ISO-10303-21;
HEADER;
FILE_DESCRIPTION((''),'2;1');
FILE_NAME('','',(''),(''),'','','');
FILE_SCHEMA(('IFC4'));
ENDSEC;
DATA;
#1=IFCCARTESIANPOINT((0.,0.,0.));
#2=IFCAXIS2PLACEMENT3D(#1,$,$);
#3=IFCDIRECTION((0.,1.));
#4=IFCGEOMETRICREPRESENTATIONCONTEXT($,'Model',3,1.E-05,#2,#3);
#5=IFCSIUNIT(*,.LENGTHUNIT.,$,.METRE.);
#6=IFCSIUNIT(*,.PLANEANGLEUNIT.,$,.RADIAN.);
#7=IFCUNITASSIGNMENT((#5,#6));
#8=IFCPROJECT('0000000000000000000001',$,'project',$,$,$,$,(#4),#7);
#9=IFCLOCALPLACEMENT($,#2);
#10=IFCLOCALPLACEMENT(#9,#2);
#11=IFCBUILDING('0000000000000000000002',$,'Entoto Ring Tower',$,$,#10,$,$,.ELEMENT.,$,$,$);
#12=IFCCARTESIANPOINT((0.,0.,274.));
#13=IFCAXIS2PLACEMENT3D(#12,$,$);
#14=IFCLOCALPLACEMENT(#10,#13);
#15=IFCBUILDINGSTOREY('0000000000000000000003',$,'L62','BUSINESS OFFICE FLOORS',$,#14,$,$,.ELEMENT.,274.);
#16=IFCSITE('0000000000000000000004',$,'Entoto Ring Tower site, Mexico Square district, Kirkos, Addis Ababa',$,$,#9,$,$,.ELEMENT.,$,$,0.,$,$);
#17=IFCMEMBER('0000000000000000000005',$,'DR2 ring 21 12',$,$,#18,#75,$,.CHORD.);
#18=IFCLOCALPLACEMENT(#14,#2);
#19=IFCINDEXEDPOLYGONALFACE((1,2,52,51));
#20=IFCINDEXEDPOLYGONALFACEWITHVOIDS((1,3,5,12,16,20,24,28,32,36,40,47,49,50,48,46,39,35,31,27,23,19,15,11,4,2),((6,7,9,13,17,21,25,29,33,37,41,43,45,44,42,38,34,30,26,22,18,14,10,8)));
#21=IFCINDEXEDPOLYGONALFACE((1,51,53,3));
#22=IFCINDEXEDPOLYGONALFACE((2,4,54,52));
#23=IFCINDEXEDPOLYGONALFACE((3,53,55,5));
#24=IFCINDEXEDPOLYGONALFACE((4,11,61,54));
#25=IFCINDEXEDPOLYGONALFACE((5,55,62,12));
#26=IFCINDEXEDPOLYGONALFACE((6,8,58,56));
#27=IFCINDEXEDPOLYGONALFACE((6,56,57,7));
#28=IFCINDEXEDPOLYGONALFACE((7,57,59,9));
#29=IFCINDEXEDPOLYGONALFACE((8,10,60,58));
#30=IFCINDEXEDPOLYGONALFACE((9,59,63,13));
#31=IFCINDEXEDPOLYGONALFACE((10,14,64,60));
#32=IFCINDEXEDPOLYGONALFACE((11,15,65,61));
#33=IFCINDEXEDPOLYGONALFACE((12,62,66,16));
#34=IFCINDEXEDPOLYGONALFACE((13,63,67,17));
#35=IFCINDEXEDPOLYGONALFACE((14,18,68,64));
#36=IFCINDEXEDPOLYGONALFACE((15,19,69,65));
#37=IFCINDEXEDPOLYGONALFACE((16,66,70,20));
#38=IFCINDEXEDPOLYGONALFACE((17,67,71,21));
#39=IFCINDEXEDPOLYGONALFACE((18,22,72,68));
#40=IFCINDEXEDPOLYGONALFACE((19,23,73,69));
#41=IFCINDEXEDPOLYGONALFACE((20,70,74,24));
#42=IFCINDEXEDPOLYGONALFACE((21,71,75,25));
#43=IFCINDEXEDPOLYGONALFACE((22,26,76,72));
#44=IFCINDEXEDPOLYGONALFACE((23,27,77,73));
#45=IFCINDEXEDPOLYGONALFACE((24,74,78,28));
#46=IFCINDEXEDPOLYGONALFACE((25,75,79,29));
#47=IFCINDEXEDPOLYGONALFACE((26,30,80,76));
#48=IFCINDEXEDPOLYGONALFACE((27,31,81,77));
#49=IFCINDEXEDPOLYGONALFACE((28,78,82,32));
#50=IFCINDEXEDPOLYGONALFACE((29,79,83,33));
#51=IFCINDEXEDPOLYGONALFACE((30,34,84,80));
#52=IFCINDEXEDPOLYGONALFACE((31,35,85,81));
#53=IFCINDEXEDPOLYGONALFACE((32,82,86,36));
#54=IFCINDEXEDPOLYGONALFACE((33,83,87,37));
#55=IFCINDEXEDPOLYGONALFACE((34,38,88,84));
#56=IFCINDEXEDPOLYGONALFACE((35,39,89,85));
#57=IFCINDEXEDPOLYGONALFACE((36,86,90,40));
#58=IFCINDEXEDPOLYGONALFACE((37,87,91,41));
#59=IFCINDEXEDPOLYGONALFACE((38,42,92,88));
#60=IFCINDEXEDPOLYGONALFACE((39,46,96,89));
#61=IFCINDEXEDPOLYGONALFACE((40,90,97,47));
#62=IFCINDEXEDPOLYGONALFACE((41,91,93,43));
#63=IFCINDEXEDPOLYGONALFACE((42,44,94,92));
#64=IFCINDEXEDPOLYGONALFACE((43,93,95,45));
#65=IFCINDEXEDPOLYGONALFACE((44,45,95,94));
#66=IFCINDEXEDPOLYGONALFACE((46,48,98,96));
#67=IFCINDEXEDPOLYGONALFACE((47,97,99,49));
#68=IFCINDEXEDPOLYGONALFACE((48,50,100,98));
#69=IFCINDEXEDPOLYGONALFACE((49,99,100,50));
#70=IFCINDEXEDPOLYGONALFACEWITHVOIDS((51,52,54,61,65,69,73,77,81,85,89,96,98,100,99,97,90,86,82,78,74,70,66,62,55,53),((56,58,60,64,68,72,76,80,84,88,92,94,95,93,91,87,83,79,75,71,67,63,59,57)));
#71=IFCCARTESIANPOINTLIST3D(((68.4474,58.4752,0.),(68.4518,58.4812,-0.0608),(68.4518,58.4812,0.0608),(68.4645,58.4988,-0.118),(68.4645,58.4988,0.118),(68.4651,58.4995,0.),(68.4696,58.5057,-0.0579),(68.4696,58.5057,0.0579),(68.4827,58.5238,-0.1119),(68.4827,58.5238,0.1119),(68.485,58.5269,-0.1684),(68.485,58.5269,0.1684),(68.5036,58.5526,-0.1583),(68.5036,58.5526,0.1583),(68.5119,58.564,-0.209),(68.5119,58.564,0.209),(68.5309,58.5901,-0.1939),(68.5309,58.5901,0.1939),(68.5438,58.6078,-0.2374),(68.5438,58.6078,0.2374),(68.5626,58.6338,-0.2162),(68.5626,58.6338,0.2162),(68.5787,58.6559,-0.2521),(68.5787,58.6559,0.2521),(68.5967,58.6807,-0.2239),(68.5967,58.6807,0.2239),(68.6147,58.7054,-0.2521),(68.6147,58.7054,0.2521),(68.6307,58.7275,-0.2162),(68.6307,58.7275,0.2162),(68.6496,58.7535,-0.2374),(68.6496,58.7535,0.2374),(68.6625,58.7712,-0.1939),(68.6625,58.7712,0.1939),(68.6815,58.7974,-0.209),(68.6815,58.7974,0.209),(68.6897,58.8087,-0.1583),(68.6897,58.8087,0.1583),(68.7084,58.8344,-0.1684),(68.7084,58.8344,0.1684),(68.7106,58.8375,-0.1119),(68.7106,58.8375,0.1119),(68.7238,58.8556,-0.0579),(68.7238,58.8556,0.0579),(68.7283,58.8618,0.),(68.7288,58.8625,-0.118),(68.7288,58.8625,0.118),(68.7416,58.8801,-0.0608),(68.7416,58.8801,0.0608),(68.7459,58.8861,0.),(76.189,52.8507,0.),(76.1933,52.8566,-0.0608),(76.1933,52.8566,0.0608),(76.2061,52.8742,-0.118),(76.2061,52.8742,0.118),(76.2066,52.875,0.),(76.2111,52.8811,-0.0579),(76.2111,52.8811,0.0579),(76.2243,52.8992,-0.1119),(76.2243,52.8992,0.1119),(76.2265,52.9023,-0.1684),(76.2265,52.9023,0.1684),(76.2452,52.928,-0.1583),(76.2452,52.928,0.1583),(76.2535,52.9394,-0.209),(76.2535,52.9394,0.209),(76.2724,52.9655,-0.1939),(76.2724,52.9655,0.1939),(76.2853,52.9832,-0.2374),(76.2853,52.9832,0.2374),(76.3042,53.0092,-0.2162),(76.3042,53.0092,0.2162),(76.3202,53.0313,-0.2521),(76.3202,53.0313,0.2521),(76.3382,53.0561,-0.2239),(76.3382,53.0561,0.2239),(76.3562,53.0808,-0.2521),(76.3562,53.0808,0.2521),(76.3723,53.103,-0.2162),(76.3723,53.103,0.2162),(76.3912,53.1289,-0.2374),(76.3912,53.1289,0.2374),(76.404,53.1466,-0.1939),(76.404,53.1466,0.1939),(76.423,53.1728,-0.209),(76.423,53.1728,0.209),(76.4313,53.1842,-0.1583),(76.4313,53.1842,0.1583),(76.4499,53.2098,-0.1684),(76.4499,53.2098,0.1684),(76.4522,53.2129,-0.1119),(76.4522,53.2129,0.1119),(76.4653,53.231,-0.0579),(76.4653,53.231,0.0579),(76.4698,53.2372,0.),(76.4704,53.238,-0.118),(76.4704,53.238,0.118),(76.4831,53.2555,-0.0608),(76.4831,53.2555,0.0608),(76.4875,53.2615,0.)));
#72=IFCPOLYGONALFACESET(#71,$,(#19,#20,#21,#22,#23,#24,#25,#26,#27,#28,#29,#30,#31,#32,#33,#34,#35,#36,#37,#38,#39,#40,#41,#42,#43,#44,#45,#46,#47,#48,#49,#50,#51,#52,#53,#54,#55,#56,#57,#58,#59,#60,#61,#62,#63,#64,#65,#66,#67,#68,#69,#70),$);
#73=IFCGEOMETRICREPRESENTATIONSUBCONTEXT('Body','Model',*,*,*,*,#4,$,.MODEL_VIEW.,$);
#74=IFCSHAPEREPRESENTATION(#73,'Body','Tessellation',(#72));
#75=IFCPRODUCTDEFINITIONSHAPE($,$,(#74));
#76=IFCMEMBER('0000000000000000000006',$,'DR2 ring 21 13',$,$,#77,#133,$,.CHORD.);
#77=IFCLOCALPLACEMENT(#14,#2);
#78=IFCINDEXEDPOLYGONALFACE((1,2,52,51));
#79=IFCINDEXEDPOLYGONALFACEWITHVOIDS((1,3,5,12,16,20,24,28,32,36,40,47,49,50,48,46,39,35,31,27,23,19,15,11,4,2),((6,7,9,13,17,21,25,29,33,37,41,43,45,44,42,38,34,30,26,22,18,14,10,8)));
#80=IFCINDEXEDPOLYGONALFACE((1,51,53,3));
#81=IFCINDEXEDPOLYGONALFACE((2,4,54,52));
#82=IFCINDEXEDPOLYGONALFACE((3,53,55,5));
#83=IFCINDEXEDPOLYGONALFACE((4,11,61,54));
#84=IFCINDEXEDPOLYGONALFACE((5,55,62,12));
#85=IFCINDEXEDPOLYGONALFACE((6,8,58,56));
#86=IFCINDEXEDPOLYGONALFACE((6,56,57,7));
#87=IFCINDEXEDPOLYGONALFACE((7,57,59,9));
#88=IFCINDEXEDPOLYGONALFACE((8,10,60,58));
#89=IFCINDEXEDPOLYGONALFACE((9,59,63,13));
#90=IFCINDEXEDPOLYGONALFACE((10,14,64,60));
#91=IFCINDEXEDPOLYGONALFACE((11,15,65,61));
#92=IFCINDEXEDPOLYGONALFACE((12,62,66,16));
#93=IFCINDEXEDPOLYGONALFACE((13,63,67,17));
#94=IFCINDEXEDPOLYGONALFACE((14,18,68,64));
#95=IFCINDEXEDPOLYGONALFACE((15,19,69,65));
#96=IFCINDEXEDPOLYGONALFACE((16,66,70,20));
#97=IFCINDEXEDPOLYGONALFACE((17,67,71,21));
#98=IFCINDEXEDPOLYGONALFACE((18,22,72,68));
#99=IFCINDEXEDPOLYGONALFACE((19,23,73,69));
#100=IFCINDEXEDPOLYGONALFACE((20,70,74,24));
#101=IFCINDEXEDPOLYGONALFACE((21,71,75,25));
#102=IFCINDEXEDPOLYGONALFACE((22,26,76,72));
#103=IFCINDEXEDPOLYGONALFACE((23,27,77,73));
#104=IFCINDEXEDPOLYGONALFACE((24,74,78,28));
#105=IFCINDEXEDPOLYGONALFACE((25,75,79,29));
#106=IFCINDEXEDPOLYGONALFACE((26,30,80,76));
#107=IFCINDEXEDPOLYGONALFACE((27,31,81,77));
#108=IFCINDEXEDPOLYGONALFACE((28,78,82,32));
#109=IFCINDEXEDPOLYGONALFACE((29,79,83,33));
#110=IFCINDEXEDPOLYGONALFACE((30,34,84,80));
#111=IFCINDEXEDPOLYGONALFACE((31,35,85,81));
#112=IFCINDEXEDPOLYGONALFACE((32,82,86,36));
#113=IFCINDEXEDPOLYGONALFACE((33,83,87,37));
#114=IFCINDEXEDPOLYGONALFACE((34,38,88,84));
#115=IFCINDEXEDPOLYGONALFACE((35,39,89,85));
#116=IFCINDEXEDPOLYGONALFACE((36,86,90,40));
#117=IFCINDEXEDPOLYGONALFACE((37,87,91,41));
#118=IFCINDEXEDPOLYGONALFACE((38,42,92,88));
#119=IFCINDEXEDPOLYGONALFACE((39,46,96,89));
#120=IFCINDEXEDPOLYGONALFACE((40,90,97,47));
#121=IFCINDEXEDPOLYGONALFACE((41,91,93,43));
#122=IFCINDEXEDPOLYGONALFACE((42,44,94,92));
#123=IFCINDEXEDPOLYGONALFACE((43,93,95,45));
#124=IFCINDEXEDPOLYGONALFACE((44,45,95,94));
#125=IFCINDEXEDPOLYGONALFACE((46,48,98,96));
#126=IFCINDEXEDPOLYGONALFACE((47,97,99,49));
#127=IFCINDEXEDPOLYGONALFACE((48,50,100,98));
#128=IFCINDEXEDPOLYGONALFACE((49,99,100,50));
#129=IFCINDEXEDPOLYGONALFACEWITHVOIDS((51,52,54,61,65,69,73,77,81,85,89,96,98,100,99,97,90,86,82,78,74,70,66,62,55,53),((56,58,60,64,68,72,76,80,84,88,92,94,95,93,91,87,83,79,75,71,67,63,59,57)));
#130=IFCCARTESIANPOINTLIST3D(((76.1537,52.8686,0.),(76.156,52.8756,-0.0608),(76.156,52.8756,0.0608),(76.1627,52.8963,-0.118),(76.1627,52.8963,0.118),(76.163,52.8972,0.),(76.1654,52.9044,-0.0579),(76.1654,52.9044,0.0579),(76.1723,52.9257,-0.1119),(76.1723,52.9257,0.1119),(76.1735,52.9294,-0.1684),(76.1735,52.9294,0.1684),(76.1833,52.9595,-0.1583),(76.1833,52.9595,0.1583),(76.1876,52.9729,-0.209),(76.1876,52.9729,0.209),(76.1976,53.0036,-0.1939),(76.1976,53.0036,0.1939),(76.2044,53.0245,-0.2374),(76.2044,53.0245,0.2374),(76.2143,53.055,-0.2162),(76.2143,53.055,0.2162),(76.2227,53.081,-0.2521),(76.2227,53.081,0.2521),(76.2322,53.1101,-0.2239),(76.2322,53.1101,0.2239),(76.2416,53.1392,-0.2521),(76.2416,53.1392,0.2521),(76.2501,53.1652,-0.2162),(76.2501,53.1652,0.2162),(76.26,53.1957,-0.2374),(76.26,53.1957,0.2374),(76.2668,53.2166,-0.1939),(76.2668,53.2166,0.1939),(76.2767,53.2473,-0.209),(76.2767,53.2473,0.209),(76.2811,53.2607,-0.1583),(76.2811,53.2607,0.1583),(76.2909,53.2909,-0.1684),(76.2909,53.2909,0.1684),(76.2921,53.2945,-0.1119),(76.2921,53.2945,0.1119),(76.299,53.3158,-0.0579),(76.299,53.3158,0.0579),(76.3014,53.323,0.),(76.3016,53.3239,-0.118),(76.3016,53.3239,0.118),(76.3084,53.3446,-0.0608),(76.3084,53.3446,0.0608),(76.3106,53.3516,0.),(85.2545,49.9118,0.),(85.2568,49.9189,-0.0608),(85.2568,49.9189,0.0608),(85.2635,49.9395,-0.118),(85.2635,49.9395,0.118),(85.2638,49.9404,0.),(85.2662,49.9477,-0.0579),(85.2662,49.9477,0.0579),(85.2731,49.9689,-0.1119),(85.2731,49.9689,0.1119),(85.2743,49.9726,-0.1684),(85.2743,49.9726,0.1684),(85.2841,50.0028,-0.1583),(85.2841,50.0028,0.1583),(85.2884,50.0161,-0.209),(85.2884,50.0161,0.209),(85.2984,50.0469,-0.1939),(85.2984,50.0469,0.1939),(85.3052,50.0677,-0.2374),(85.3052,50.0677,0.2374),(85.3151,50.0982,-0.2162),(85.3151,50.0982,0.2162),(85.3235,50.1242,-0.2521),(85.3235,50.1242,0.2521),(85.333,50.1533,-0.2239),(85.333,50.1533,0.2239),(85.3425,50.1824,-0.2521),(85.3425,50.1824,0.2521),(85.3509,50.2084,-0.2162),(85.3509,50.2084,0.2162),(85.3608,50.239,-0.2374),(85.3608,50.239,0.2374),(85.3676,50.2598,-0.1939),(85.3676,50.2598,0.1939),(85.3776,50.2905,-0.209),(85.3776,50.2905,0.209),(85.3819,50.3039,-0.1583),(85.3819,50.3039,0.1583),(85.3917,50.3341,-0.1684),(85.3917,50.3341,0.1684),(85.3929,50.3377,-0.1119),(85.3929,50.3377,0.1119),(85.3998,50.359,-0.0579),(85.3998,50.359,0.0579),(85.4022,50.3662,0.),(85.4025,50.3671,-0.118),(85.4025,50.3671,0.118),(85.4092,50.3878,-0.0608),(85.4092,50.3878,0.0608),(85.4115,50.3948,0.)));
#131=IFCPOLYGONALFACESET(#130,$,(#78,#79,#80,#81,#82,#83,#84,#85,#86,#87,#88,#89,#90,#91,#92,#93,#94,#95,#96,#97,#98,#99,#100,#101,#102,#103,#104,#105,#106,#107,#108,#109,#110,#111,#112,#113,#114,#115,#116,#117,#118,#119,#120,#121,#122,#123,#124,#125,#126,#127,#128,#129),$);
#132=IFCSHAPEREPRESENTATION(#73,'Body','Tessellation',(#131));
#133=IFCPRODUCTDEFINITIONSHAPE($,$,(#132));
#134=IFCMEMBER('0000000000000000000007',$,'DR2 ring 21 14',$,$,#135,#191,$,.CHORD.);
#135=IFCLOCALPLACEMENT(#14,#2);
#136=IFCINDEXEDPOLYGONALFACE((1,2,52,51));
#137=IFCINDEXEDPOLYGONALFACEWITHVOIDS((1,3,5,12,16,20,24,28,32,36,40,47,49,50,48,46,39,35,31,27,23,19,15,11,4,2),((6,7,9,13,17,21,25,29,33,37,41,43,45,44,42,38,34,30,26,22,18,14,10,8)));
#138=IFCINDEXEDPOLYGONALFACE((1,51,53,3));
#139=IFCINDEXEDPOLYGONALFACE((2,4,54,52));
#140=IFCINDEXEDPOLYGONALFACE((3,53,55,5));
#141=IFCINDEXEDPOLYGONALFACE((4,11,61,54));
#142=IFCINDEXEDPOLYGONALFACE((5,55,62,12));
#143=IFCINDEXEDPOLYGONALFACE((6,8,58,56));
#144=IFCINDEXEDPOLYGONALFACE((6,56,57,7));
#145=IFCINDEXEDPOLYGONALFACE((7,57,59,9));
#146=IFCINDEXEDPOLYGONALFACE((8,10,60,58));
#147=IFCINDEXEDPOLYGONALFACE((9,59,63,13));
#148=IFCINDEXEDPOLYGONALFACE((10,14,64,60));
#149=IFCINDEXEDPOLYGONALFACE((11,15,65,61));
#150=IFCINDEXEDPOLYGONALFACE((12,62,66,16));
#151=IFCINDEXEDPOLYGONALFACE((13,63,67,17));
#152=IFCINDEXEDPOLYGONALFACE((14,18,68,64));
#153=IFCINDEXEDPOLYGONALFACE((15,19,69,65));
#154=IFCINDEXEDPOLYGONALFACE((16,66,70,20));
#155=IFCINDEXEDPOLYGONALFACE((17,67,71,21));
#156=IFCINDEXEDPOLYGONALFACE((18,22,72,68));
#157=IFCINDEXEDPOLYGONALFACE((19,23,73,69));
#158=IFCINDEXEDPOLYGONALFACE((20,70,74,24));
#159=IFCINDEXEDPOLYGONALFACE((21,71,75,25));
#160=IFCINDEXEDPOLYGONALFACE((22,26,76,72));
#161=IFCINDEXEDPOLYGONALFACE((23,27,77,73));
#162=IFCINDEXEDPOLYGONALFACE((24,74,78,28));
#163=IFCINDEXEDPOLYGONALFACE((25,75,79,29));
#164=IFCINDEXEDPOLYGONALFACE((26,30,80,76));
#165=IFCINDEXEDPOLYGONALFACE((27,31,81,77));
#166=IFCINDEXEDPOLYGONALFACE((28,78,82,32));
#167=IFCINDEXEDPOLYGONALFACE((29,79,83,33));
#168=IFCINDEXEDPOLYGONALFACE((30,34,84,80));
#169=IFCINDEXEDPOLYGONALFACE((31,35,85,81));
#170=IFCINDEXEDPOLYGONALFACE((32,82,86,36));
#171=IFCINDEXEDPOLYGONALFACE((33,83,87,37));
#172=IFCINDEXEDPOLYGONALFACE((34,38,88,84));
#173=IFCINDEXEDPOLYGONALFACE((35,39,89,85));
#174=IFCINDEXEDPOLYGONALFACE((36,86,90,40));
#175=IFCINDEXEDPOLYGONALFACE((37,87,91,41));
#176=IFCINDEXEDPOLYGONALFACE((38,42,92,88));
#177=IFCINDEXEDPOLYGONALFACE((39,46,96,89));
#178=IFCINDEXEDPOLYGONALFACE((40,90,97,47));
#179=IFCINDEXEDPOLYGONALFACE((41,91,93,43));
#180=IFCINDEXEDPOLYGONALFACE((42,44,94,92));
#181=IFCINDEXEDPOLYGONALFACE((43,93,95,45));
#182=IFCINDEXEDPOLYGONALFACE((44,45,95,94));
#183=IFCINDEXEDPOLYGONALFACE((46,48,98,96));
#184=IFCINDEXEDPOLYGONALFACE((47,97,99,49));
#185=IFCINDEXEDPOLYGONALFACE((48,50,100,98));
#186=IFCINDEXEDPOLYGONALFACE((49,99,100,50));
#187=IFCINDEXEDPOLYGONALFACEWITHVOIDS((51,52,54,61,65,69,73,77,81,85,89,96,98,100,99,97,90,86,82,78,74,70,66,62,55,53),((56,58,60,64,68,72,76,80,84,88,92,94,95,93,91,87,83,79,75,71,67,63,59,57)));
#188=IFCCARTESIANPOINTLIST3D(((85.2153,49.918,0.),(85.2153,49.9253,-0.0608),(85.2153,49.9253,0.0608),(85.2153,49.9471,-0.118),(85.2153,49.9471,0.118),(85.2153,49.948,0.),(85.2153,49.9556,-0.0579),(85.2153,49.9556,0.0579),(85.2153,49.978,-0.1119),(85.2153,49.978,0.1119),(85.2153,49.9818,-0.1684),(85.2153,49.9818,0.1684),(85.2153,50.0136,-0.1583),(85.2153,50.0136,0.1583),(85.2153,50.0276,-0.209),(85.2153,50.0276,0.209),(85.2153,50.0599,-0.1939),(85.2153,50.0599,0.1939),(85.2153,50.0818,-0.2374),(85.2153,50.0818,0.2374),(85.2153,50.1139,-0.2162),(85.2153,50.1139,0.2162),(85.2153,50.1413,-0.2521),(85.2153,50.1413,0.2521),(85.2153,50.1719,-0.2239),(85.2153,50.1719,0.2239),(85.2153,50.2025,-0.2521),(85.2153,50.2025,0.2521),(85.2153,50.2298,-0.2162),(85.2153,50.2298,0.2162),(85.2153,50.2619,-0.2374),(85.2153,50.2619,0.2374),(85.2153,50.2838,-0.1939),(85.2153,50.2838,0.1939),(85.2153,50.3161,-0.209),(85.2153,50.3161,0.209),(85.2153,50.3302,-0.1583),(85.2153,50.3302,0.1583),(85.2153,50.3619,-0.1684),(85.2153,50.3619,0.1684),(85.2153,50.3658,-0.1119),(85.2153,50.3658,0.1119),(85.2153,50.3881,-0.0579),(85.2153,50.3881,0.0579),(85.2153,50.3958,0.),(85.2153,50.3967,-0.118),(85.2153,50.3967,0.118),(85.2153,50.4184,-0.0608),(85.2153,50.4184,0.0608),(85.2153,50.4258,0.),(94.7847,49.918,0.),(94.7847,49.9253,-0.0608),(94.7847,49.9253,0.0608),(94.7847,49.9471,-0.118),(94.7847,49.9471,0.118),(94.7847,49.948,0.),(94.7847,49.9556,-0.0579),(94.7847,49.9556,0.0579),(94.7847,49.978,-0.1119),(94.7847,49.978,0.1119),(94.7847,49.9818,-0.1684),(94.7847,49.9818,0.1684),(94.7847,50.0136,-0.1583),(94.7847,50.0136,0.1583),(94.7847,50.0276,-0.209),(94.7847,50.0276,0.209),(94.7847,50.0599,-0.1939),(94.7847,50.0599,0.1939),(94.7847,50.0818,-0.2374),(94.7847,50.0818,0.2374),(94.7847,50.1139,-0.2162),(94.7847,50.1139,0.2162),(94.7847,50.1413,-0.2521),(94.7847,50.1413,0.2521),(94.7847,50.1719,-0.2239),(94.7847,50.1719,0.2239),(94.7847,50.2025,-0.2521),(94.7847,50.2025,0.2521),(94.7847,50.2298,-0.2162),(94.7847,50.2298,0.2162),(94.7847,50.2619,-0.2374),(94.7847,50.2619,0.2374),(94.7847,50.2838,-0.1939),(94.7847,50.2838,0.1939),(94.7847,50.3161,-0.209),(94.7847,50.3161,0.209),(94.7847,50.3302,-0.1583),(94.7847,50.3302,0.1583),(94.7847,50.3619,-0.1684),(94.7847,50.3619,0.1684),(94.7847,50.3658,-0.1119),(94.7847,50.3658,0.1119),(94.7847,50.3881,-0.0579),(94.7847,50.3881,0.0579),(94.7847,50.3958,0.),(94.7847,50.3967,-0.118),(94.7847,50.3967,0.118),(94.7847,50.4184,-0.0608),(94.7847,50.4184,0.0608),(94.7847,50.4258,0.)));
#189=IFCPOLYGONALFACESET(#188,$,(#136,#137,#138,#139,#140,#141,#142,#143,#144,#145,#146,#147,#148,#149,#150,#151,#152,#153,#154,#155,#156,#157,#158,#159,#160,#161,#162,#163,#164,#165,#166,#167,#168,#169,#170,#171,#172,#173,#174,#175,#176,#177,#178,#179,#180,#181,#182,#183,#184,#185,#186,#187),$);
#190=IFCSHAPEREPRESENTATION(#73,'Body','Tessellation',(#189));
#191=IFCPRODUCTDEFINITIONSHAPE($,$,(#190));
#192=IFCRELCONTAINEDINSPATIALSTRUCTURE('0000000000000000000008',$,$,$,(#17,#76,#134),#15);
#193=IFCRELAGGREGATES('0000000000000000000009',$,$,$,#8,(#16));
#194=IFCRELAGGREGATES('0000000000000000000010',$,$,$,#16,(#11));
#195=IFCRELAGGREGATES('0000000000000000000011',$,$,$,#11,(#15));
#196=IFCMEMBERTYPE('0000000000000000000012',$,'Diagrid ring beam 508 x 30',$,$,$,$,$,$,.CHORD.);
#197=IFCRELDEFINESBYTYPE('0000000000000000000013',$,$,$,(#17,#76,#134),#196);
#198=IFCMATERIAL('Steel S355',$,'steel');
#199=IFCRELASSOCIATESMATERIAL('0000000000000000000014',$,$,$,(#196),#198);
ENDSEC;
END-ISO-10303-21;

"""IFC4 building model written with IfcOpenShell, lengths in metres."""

from ifc_helpers import new_model, si_unit, direction, frame, origin, origin_2d, place, context, subcontext, project, spatial, circle, hollow_circle, extrude, material, material_profile, profile_set, type_object, element, save


model = new_model("IFC4")

# Units and contexts
model_context = context("Model", 3, precision=1e-05, world=origin(), true_north=direction((0.0, 1.0)))
body_context = subcontext(model_context, "Body", "Model", "MODEL_VIEW")
ifc_project = project(units=[si_unit("LENGTHUNIT", "METRE"), si_unit("PLANEANGLEUNIT", "RADIAN")], contexts=[model_context])

# Site, building, storey
site_placement = place(None, origin())
site = spatial("IfcSite", under=ifc_project, at=site_placement, Name="Entoto Ring Tower site, Mexico Square district, Kirkos, Addis Ababa", CompositionType="ELEMENT", RefElevation=0.0)
building_placement = place(site_placement, origin())
building = spatial("IfcBuilding", under=site, at=building_placement, Name="Entoto Ring Tower", CompositionType="ELEMENT")
storey_placement = place(building_placement, frame((0.0, 0.0, 274.0)))
storey = spatial("IfcBuildingStorey", under=building, at=storey_placement, Name="L62", Description="BUSINESS OFFICE FLOORS", CompositionType="ELEMENT", Elevation=274.0)

# Members
ifc_material_1 = material(Name="Steel S355", Category="steel")
ifc_material_profile_1 = material_profile(ifc_material_1, hollow_circle(Radius=0.2539, WallThickness=0.03, at=origin_2d()), Name="CHS 508 x 30")
ifc_material_2 = material(Name="Concrete C60/75", Category="concrete")
ifc_material_profile_2 = material_profile(ifc_material_2, circle(Radius=0.2241, at=origin_2d()), Name="Concrete C60/75 infill")
ifc_profile_set_1 = profile_set([ifc_material_profile_1, ifc_material_profile_2], Name="Steel S355")
member_type_1 = type_object("IfcMemberType", Name="Diagrid ring beam 508 x 30", PredefinedType="CHORD", material=ifc_profile_set_1)
for number, where, z_axis, x_axis, name in (
    (1, (68.5967, 58.6807, 0.0), (0.809016, -0.587786, 0.0), (0.587786, 0.809016, 0.0), "DR2 ring 21 12"),
    (2, (76.2322, 53.1101, 0.0), (0.951064, -0.308993, 0.0), (0.308993, 0.951064, 0.0), "DR2 ring 21 13"),
):
    element("IfcMember", number, at=place(storey_placement, frame(where, z_axis=z_axis, x_axis=x_axis)), inside=storey, type_object=member_type_1, Name=name, PredefinedType="CHORD", context=body_context, shape_type="SweptSolid", body=[
        extrude(hollow_circle(Radius=0.2539, WallThickness=0.03, at=origin_2d()), origin(), (0.0, 0.0, 1.0), 9.5691),
    ])
member_placement = place(storey_placement, frame((85.2153, 50.1719, 0.0), z_axis=(1.0, 0.0, 0.0), x_axis=(0.0, 1.0, 0.0)))
element("IfcMember", 3, at=member_placement, inside=storey, type_object=member_type_1, Name="DR2 ring 21 14", PredefinedType="CHORD", context=body_context, shape_type="SweptSolid", body=[
    extrude(hollow_circle(Radius=0.2539, WallThickness=0.03, at=origin_2d()), origin(), (0.0, 0.0, 1.0), 9.5693),
])

save(model, "model.ifc")
